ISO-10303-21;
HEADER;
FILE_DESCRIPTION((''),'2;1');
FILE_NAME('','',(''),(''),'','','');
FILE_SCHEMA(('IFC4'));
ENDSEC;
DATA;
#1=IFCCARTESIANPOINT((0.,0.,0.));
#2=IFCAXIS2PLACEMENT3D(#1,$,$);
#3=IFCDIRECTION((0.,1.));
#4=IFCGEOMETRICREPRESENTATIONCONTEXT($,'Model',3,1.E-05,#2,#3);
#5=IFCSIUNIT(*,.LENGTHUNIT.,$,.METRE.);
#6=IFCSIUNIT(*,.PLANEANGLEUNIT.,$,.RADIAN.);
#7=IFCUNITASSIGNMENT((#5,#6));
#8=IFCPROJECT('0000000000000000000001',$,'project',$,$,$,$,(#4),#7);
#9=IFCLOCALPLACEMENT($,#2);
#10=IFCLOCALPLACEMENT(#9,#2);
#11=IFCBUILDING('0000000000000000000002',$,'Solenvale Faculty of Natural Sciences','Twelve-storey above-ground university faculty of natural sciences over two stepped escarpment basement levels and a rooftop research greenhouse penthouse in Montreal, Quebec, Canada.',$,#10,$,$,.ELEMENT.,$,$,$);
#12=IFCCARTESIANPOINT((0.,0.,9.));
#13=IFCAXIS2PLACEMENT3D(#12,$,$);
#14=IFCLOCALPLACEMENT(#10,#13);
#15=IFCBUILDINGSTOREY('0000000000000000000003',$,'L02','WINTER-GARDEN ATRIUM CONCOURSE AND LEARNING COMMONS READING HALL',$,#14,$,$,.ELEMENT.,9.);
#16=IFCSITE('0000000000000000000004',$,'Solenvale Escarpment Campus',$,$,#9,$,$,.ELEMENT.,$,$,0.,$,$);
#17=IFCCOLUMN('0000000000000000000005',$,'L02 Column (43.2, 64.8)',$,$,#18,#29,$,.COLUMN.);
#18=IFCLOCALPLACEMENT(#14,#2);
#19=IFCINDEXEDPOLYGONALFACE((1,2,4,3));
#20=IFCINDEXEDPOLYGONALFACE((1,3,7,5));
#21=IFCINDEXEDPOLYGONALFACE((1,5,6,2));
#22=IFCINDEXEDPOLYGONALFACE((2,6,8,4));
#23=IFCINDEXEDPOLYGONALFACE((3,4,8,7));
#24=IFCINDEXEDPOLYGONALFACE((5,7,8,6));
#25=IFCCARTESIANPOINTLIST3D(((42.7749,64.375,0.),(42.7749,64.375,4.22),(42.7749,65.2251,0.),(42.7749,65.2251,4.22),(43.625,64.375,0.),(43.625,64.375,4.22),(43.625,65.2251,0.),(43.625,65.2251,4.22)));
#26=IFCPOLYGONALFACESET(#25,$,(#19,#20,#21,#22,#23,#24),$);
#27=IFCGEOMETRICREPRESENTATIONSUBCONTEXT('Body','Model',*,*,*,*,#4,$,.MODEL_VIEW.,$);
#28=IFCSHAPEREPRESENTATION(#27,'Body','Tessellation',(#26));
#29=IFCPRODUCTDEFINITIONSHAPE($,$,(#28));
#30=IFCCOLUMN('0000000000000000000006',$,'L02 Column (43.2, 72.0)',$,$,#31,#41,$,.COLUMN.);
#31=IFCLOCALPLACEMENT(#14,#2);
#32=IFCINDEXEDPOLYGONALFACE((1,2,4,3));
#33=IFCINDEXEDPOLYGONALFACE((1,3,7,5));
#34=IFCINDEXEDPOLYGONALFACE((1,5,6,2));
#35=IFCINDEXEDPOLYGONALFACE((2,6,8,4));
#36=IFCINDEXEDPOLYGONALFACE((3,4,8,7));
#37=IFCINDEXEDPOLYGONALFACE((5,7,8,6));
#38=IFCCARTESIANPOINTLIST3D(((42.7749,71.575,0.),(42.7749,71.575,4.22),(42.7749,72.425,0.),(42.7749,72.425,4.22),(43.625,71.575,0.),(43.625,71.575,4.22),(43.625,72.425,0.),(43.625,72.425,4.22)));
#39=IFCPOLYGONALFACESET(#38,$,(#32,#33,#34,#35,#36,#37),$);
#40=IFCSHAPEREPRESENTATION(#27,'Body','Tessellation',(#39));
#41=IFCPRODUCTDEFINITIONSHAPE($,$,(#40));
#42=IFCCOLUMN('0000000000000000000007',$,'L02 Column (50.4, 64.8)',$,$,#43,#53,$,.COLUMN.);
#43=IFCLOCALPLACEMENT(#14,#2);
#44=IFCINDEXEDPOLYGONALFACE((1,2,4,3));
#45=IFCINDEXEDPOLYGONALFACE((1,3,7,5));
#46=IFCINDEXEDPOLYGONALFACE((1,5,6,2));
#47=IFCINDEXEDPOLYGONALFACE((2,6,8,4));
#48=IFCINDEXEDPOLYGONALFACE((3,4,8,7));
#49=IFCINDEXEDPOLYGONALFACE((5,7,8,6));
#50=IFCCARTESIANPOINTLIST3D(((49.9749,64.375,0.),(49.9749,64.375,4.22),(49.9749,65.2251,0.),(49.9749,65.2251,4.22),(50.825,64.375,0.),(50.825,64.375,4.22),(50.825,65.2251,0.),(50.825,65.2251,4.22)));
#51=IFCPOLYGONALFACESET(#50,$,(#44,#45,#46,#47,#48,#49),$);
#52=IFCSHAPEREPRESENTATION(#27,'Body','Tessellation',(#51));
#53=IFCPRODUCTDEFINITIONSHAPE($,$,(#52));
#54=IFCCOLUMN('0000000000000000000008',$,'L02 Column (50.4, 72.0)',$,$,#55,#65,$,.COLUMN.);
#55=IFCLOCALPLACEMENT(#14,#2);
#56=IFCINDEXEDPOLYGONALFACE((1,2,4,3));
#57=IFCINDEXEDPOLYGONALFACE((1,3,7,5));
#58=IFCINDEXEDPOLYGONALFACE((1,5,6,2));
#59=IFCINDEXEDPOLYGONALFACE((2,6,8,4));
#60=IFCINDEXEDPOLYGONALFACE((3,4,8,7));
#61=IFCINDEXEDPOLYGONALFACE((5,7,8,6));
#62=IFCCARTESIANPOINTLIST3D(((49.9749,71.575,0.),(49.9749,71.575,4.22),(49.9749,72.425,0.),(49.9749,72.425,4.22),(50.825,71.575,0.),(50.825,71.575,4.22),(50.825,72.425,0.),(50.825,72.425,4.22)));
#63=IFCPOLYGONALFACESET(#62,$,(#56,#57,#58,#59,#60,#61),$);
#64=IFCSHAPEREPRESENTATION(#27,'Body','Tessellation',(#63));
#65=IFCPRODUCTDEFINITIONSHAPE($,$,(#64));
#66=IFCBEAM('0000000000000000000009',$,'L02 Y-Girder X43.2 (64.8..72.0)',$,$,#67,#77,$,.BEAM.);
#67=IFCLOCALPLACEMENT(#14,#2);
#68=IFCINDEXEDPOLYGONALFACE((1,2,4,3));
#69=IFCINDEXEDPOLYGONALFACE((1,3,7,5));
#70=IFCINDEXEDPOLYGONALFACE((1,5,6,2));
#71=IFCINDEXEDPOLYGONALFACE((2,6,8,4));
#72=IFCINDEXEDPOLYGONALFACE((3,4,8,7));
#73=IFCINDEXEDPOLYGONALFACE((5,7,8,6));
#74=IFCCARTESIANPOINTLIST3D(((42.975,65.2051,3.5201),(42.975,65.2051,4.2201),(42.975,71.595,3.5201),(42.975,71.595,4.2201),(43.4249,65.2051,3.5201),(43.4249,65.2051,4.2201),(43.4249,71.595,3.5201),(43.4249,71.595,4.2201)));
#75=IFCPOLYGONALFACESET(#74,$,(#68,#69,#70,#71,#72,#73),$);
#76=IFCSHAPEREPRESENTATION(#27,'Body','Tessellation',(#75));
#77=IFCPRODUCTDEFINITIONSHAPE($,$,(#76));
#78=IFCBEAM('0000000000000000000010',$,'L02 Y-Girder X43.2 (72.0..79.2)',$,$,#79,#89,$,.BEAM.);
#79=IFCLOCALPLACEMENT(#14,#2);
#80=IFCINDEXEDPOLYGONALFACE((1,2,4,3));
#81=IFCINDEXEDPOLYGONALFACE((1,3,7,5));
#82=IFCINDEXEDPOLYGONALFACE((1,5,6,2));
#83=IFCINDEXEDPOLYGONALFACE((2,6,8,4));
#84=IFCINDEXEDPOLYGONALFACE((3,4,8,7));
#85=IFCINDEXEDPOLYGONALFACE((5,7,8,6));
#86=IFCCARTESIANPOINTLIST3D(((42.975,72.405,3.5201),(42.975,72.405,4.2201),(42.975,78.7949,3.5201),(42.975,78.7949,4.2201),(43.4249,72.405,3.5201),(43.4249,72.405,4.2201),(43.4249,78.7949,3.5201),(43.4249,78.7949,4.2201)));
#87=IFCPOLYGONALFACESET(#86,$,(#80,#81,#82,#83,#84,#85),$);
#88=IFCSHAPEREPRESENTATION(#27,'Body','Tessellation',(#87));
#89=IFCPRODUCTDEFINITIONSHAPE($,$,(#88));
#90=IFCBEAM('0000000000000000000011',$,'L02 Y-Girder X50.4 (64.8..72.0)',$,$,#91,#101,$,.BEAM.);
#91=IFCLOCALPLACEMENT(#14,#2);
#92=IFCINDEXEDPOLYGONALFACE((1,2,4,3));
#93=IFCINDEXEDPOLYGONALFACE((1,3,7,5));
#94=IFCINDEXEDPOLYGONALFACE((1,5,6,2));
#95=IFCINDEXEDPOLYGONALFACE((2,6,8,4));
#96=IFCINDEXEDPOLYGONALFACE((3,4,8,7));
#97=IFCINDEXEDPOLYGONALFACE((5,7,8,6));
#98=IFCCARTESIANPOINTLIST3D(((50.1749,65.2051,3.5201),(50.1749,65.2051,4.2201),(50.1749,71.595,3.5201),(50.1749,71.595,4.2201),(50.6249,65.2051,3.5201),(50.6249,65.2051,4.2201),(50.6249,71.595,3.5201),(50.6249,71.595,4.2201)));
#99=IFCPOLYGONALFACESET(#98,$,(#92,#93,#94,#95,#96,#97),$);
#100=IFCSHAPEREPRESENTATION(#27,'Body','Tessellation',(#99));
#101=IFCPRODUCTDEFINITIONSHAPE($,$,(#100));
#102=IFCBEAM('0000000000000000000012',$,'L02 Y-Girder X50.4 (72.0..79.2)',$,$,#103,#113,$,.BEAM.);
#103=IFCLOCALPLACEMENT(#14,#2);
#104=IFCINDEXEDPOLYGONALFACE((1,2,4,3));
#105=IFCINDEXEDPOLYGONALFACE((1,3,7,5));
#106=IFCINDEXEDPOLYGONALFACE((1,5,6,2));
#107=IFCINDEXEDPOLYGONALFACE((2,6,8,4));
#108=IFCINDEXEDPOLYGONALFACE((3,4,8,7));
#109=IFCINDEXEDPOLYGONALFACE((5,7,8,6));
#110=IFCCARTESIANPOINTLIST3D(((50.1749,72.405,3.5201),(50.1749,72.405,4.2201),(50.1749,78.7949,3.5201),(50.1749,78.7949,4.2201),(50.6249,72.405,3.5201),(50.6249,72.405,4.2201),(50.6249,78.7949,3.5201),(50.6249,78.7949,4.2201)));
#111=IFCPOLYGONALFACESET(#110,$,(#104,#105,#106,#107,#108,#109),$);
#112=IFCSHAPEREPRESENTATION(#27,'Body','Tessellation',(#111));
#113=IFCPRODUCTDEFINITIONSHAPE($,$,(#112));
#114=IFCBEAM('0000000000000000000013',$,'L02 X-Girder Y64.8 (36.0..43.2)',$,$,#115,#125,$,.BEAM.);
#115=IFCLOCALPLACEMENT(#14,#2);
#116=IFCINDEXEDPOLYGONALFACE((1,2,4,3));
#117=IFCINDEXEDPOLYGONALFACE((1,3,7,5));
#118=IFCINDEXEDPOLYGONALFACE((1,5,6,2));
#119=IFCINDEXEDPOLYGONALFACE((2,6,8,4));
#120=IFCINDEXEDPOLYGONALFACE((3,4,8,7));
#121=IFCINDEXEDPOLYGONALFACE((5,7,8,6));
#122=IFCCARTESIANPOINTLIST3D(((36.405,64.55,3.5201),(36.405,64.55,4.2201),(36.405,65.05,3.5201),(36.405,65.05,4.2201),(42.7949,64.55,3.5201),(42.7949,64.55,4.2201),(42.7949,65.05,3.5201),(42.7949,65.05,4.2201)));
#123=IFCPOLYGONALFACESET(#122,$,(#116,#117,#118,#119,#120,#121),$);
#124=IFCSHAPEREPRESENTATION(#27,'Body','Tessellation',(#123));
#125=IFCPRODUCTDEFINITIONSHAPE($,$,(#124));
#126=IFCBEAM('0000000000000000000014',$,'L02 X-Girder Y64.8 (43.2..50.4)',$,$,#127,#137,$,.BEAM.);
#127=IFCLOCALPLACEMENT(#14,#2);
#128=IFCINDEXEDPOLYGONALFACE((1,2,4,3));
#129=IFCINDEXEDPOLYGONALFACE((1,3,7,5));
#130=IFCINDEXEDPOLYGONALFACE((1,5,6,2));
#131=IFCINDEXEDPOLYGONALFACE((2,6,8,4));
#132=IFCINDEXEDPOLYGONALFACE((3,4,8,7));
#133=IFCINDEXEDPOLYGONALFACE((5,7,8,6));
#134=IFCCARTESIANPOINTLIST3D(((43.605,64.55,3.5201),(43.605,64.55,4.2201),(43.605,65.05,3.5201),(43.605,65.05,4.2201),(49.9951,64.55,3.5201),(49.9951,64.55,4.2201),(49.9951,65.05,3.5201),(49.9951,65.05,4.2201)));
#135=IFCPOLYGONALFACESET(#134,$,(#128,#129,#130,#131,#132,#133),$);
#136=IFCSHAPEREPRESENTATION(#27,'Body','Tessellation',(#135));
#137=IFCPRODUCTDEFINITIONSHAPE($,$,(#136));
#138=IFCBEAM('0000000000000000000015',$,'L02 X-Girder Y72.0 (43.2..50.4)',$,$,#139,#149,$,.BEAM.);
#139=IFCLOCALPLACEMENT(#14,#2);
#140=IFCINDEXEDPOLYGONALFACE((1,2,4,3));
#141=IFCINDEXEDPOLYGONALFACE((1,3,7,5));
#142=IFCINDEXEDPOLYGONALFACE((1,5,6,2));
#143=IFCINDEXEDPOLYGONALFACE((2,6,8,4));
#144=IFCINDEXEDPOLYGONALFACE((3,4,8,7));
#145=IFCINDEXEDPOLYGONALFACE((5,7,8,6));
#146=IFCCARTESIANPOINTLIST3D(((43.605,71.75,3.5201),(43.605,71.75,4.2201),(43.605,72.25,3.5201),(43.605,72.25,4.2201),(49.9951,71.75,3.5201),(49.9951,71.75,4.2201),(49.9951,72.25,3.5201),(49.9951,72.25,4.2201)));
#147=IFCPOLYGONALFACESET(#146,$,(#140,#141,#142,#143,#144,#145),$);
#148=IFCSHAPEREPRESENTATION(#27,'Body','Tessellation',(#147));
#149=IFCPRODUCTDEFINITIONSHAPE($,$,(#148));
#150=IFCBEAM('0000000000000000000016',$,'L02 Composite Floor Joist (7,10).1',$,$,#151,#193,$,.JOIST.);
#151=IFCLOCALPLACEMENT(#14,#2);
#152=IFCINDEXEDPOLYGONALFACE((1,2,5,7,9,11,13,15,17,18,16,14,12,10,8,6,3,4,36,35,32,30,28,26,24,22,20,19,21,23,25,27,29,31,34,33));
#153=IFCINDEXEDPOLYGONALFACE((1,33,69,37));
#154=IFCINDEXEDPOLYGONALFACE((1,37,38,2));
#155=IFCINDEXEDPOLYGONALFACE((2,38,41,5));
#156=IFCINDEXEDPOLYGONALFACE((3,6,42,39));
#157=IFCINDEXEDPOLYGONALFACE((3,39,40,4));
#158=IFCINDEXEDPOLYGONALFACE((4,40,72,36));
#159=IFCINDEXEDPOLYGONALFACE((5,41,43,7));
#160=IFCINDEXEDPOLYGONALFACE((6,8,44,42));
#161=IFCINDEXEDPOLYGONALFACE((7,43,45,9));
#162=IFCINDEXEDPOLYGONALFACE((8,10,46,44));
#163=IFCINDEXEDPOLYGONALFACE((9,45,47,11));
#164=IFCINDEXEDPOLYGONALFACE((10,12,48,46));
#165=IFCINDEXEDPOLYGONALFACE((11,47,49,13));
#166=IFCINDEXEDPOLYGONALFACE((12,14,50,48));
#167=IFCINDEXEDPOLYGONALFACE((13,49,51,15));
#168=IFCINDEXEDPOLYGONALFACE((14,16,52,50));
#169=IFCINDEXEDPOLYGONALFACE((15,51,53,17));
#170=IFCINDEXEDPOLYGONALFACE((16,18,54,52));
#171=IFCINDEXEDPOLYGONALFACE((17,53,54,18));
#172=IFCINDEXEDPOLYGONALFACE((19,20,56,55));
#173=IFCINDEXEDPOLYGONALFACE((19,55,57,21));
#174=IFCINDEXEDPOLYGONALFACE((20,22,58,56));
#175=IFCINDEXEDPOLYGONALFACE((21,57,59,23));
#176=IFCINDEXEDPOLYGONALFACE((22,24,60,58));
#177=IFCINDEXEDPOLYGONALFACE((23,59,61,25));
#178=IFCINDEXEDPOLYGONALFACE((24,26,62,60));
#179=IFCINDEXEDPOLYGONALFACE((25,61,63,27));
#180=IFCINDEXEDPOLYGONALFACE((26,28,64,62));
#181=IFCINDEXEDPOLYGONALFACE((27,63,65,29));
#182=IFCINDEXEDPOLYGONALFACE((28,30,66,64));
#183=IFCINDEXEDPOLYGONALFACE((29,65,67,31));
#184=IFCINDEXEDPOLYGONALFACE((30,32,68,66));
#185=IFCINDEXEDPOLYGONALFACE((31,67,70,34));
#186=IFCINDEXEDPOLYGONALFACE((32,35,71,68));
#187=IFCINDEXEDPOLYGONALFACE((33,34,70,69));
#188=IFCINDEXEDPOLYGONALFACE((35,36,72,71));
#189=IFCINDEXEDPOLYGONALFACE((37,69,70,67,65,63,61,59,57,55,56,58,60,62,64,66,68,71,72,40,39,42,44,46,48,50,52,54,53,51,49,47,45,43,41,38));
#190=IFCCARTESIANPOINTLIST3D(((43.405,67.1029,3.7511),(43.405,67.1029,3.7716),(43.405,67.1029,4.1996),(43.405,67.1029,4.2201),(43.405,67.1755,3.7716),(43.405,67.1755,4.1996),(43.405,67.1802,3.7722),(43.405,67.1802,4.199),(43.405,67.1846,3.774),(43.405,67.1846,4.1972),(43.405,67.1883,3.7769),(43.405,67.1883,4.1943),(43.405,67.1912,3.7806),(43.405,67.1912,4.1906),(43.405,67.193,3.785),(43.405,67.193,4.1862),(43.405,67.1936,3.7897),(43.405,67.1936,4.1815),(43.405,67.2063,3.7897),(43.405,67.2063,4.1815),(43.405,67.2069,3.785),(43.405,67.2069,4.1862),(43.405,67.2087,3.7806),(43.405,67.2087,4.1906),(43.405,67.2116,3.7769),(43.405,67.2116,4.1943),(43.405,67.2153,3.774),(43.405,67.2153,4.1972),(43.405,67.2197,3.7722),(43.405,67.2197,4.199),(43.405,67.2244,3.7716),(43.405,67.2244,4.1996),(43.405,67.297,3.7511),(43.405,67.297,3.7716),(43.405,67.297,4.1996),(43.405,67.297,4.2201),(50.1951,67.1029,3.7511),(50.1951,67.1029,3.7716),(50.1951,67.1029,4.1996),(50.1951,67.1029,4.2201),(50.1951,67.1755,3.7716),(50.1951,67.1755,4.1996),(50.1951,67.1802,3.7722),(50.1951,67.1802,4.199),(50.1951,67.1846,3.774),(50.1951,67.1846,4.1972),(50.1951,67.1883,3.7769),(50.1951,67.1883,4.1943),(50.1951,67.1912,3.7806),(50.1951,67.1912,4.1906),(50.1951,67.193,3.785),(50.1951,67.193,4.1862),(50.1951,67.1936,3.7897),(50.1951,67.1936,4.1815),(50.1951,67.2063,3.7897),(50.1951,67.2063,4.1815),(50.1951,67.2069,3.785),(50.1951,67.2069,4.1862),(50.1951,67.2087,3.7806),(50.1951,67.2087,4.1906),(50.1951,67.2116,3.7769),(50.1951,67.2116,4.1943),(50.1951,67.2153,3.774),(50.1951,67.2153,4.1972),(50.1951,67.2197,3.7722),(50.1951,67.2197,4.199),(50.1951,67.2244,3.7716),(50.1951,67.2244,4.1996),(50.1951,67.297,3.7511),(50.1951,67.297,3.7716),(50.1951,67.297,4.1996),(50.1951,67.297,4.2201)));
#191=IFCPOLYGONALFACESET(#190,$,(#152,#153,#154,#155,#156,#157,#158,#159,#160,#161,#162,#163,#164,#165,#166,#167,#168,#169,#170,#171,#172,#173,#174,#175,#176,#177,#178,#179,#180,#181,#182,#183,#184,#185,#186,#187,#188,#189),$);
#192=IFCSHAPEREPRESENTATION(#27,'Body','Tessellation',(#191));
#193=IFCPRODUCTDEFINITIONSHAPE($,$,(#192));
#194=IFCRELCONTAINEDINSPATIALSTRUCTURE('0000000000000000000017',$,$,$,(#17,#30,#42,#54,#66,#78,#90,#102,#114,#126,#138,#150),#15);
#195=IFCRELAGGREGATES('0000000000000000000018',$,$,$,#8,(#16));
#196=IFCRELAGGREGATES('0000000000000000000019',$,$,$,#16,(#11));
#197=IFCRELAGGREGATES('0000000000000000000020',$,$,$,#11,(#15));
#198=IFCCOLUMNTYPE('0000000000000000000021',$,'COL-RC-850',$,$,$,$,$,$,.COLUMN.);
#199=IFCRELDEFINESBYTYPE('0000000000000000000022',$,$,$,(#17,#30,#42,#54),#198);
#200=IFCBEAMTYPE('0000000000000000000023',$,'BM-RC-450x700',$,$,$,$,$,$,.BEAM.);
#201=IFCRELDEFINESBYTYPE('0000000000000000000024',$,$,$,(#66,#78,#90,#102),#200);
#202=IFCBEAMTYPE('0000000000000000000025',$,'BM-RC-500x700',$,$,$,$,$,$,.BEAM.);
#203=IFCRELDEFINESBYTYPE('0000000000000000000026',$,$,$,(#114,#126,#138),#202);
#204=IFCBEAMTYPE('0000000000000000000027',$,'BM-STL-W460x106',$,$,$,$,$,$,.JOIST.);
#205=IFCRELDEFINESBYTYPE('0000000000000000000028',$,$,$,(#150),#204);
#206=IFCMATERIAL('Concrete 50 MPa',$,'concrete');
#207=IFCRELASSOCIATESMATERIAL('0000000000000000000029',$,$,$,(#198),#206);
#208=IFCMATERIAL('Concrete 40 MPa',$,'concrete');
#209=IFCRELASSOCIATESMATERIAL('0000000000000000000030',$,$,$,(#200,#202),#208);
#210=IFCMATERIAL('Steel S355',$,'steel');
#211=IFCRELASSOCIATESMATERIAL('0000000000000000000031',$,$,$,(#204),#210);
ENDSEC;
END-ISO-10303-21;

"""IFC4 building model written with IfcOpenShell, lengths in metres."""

from ifc_helpers import new_model, si_unit, direction, frame, origin, origin_2d, place, context, subcontext, project, spatial, rectangle, i_section, extrude, material, material_profile, profile_set, type_object, element, save


model = new_model("IFC4")

# Units and contexts
model_context = context("Model", 3, precision=1e-05, world=origin(), true_north=direction((0.0, 1.0)))
body_context = subcontext(model_context, "Body", "Model", "MODEL_VIEW")
ifc_project = project(units=[si_unit("LENGTHUNIT", "METRE"), si_unit("PLANEANGLEUNIT", "RADIAN")], contexts=[model_context])

# Site, building, storey
site_placement = place(None, origin())
site = spatial("IfcSite", under=ifc_project, at=site_placement, Name="Solenvale Escarpment Campus", CompositionType="ELEMENT", RefElevation=0.0)
building_placement = place(site_placement, origin())
building = spatial("IfcBuilding", under=site, at=building_placement, Name="Solenvale Faculty of Natural Sciences", Description="Twelve-storey above-ground university faculty of natural sciences over two stepped escarpment basement levels and a rooftop research greenhouse penthouse in Montreal, Quebec, Canada.", CompositionType="ELEMENT")
storey_placement = place(building_placement, frame((0.0, 0.0, 9.0)))
storey = spatial("IfcBuildingStorey", under=building, at=storey_placement, Name="L02", Description="WINTER-GARDEN ATRIUM CONCOURSE AND LEARNING COMMONS READING HALL", CompositionType="ELEMENT", Elevation=9.0)

# Columns
ifc_material_1 = material(Name="Concrete 50 MPa", Category="concrete")
ifc_material_profile_1 = material_profile(ifc_material_1, rectangle(XDim=0.8501, YDim=0.8501, at=origin_2d()), Name="RC-COL-850x850")
ifc_profile_set_1 = profile_set([ifc_material_profile_1], Name="Concrete 50 MPa")
column_type = type_object("IfcColumnType", Name="COL-RC-850", PredefinedType="COLUMN", material=ifc_profile_set_1)
for number, where, z_axis, x_axis, name in (
    (1, (43.2, 64.8, 0.0), (0.0, 0.0, 1.0), (1.0, 0.0, 0.0), "L02 Column (43.2, 64.8)"),
    (2, (43.2, 72.0, 0.0), (0.0, 0.0, 1.0), (1.0, 0.0, 0.0), "L02 Column (43.2, 72.0)"),
    (3, (50.3999, 64.8, 0.0), (0.0, 0.0, 1.0), (1.0, 0.0, 0.0), "L02 Column (50.4, 64.8)"),
    (4, (50.3999, 72.0, 0.0), (0.0, 0.0, 1.0), (1.0, 0.0, 0.0), "L02 Column (50.4, 72.0)"),
):
    element("IfcColumn", number, at=place(storey_placement, frame(where, z_axis=z_axis, x_axis=x_axis)), inside=storey, type_object=column_type, Name=name, PredefinedType="COLUMN", context=body_context, shape_type="SweptSolid", body=[
        extrude(rectangle(XDim=0.8501, YDim=0.8501, at=origin_2d()), origin(), (0.0, 0.0, 1.0), 4.22),
    ])

# Beams
ifc_material_2 = material(Name="Concrete 40 MPa", Category="concrete")
ifc_material_profile_2 = material_profile(ifc_material_2, rectangle(XDim=0.45, YDim=0.7, at=origin_2d()), Name="RC-BM-450x700")
ifc_profile_set_2 = profile_set([ifc_material_profile_2], Name="Concrete 40 MPa")
beam_type_1 = type_object("IfcBeamType", Name="BM-RC-450x700", PredefinedType="BEAM", material=ifc_profile_set_2)
for number, where, z_axis, x_axis, name in (
    (5, (43.2, 65.2051, 3.8701), (0.0, 1.0, 0.0), (-1.0, 0.0, 0.0), "L02 Y-Girder X43.2 (64.8..72.0)"),
    (6, (43.2, 72.405, 3.8701), (0.0, 1.0, 0.0), (-1.0, 0.0, 0.0), "L02 Y-Girder X43.2 (72.0..79.2)"),
    (7, (50.3999, 65.2051, 3.8701), (0.0, 1.0, 0.0), (-1.0, 0.0, 0.0), "L02 Y-Girder X50.4 (64.8..72.0)"),
    (8, (50.3999, 72.405, 3.8701), (0.0, 1.0, 0.0), (-1.0, 0.0, 0.0), "L02 Y-Girder X50.4 (72.0..79.2)"),
):
    element("IfcBeam", number, at=place(storey_placement, frame(where, z_axis=z_axis, x_axis=x_axis)), inside=storey, type_object=beam_type_1, Name=name, PredefinedType="BEAM", context=body_context, shape_type="SweptSolid", body=[
        extrude(rectangle(XDim=0.45, YDim=0.7, at=origin_2d()), origin(), (0.0, 0.0, 1.0), 6.3899),
    ])
ifc_material_profile_3 = material_profile(ifc_material_2, rectangle(XDim=0.5, YDim=0.7, at=origin_2d()), Name="RC-BM-500x700")
ifc_profile_set_3 = profile_set([ifc_material_profile_3], Name="Concrete 40 MPa")
beam_type_2 = type_object("IfcBeamType", Name="BM-RC-500x700", PredefinedType="BEAM", material=ifc_profile_set_3)
beam_placement = place(storey_placement, frame((36.405, 64.8, 3.8701), z_axis=(1.0, 0.0, 0.0), x_axis=(0.0, 1.0, 0.0)))
element("IfcBeam", 9, at=beam_placement, inside=storey, type_object=beam_type_2, Name="L02 X-Girder Y64.8 (36.0..43.2)", PredefinedType="BEAM", context=body_context, shape_type="SweptSolid", body=[
    extrude(rectangle(XDim=0.5, YDim=0.7, at=origin_2d()), origin(), (0.0, 0.0, 1.0), 6.3899),
])
for number, where, z_axis, x_axis, name in (
    (10, (43.605, 64.8, 3.8701), (1.0, 0.0, 0.0), (0.0, 1.0, 0.0), "L02 X-Girder Y64.8 (43.2..50.4)"),
    (11, (43.605, 72.0, 3.8701), (1.0, 0.0, 0.0), (0.0, 1.0, 0.0), "L02 X-Girder Y72.0 (43.2..50.4)"),
):
    element("IfcBeam", number, at=place(storey_placement, frame(where, z_axis=z_axis, x_axis=x_axis)), inside=storey, type_object=beam_type_2, Name=name, PredefinedType="BEAM", context=body_context, shape_type="SweptSolid", body=[
        extrude(rectangle(XDim=0.5, YDim=0.7, at=origin_2d()), origin(), (0.0, 0.0, 1.0), 6.3901),
    ])
ifc_material_3 = material(Name="Steel S355", Category="steel")
ifc_material_profile_4 = material_profile(ifc_material_3, i_section(OverallWidth=0.1941, OverallDepth=0.469, WebThickness=0.0127, FlangeThickness=0.0205, FilletRadius=0.0181, at=origin_2d()), Name="W460x106")
ifc_profile_set_4 = profile_set([ifc_material_profile_4], Name="Steel S355")
beam_type_3 = type_object("IfcBeamType", Name="BM-STL-W460x106", PredefinedType="JOIST", material=ifc_profile_set_4)
for number, where, z_axis, x_axis, name in (
    (12, (43.405, 67.2, 3.9856), (1.0, 0.0, 0.0), (0.0, 1.0, 0.0), "L02 Composite Floor Joist (7,10).1"),
):
    element("IfcBeam", number, at=place(storey_placement, frame(where, z_axis=z_axis, x_axis=x_axis)), inside=storey, type_object=beam_type_3, Name=name, PredefinedType="JOIST", context=body_context, shape_type="SweptSolid", body=[
        extrude(i_section(OverallWidth=0.1941, OverallDepth=0.469, WebThickness=0.0127, FlangeThickness=0.0205, FilletRadius=0.0181, at=origin_2d()), origin(), (0.0, 0.0, 1.0), 6.79),
    ])

save(model, "model.ifc")
